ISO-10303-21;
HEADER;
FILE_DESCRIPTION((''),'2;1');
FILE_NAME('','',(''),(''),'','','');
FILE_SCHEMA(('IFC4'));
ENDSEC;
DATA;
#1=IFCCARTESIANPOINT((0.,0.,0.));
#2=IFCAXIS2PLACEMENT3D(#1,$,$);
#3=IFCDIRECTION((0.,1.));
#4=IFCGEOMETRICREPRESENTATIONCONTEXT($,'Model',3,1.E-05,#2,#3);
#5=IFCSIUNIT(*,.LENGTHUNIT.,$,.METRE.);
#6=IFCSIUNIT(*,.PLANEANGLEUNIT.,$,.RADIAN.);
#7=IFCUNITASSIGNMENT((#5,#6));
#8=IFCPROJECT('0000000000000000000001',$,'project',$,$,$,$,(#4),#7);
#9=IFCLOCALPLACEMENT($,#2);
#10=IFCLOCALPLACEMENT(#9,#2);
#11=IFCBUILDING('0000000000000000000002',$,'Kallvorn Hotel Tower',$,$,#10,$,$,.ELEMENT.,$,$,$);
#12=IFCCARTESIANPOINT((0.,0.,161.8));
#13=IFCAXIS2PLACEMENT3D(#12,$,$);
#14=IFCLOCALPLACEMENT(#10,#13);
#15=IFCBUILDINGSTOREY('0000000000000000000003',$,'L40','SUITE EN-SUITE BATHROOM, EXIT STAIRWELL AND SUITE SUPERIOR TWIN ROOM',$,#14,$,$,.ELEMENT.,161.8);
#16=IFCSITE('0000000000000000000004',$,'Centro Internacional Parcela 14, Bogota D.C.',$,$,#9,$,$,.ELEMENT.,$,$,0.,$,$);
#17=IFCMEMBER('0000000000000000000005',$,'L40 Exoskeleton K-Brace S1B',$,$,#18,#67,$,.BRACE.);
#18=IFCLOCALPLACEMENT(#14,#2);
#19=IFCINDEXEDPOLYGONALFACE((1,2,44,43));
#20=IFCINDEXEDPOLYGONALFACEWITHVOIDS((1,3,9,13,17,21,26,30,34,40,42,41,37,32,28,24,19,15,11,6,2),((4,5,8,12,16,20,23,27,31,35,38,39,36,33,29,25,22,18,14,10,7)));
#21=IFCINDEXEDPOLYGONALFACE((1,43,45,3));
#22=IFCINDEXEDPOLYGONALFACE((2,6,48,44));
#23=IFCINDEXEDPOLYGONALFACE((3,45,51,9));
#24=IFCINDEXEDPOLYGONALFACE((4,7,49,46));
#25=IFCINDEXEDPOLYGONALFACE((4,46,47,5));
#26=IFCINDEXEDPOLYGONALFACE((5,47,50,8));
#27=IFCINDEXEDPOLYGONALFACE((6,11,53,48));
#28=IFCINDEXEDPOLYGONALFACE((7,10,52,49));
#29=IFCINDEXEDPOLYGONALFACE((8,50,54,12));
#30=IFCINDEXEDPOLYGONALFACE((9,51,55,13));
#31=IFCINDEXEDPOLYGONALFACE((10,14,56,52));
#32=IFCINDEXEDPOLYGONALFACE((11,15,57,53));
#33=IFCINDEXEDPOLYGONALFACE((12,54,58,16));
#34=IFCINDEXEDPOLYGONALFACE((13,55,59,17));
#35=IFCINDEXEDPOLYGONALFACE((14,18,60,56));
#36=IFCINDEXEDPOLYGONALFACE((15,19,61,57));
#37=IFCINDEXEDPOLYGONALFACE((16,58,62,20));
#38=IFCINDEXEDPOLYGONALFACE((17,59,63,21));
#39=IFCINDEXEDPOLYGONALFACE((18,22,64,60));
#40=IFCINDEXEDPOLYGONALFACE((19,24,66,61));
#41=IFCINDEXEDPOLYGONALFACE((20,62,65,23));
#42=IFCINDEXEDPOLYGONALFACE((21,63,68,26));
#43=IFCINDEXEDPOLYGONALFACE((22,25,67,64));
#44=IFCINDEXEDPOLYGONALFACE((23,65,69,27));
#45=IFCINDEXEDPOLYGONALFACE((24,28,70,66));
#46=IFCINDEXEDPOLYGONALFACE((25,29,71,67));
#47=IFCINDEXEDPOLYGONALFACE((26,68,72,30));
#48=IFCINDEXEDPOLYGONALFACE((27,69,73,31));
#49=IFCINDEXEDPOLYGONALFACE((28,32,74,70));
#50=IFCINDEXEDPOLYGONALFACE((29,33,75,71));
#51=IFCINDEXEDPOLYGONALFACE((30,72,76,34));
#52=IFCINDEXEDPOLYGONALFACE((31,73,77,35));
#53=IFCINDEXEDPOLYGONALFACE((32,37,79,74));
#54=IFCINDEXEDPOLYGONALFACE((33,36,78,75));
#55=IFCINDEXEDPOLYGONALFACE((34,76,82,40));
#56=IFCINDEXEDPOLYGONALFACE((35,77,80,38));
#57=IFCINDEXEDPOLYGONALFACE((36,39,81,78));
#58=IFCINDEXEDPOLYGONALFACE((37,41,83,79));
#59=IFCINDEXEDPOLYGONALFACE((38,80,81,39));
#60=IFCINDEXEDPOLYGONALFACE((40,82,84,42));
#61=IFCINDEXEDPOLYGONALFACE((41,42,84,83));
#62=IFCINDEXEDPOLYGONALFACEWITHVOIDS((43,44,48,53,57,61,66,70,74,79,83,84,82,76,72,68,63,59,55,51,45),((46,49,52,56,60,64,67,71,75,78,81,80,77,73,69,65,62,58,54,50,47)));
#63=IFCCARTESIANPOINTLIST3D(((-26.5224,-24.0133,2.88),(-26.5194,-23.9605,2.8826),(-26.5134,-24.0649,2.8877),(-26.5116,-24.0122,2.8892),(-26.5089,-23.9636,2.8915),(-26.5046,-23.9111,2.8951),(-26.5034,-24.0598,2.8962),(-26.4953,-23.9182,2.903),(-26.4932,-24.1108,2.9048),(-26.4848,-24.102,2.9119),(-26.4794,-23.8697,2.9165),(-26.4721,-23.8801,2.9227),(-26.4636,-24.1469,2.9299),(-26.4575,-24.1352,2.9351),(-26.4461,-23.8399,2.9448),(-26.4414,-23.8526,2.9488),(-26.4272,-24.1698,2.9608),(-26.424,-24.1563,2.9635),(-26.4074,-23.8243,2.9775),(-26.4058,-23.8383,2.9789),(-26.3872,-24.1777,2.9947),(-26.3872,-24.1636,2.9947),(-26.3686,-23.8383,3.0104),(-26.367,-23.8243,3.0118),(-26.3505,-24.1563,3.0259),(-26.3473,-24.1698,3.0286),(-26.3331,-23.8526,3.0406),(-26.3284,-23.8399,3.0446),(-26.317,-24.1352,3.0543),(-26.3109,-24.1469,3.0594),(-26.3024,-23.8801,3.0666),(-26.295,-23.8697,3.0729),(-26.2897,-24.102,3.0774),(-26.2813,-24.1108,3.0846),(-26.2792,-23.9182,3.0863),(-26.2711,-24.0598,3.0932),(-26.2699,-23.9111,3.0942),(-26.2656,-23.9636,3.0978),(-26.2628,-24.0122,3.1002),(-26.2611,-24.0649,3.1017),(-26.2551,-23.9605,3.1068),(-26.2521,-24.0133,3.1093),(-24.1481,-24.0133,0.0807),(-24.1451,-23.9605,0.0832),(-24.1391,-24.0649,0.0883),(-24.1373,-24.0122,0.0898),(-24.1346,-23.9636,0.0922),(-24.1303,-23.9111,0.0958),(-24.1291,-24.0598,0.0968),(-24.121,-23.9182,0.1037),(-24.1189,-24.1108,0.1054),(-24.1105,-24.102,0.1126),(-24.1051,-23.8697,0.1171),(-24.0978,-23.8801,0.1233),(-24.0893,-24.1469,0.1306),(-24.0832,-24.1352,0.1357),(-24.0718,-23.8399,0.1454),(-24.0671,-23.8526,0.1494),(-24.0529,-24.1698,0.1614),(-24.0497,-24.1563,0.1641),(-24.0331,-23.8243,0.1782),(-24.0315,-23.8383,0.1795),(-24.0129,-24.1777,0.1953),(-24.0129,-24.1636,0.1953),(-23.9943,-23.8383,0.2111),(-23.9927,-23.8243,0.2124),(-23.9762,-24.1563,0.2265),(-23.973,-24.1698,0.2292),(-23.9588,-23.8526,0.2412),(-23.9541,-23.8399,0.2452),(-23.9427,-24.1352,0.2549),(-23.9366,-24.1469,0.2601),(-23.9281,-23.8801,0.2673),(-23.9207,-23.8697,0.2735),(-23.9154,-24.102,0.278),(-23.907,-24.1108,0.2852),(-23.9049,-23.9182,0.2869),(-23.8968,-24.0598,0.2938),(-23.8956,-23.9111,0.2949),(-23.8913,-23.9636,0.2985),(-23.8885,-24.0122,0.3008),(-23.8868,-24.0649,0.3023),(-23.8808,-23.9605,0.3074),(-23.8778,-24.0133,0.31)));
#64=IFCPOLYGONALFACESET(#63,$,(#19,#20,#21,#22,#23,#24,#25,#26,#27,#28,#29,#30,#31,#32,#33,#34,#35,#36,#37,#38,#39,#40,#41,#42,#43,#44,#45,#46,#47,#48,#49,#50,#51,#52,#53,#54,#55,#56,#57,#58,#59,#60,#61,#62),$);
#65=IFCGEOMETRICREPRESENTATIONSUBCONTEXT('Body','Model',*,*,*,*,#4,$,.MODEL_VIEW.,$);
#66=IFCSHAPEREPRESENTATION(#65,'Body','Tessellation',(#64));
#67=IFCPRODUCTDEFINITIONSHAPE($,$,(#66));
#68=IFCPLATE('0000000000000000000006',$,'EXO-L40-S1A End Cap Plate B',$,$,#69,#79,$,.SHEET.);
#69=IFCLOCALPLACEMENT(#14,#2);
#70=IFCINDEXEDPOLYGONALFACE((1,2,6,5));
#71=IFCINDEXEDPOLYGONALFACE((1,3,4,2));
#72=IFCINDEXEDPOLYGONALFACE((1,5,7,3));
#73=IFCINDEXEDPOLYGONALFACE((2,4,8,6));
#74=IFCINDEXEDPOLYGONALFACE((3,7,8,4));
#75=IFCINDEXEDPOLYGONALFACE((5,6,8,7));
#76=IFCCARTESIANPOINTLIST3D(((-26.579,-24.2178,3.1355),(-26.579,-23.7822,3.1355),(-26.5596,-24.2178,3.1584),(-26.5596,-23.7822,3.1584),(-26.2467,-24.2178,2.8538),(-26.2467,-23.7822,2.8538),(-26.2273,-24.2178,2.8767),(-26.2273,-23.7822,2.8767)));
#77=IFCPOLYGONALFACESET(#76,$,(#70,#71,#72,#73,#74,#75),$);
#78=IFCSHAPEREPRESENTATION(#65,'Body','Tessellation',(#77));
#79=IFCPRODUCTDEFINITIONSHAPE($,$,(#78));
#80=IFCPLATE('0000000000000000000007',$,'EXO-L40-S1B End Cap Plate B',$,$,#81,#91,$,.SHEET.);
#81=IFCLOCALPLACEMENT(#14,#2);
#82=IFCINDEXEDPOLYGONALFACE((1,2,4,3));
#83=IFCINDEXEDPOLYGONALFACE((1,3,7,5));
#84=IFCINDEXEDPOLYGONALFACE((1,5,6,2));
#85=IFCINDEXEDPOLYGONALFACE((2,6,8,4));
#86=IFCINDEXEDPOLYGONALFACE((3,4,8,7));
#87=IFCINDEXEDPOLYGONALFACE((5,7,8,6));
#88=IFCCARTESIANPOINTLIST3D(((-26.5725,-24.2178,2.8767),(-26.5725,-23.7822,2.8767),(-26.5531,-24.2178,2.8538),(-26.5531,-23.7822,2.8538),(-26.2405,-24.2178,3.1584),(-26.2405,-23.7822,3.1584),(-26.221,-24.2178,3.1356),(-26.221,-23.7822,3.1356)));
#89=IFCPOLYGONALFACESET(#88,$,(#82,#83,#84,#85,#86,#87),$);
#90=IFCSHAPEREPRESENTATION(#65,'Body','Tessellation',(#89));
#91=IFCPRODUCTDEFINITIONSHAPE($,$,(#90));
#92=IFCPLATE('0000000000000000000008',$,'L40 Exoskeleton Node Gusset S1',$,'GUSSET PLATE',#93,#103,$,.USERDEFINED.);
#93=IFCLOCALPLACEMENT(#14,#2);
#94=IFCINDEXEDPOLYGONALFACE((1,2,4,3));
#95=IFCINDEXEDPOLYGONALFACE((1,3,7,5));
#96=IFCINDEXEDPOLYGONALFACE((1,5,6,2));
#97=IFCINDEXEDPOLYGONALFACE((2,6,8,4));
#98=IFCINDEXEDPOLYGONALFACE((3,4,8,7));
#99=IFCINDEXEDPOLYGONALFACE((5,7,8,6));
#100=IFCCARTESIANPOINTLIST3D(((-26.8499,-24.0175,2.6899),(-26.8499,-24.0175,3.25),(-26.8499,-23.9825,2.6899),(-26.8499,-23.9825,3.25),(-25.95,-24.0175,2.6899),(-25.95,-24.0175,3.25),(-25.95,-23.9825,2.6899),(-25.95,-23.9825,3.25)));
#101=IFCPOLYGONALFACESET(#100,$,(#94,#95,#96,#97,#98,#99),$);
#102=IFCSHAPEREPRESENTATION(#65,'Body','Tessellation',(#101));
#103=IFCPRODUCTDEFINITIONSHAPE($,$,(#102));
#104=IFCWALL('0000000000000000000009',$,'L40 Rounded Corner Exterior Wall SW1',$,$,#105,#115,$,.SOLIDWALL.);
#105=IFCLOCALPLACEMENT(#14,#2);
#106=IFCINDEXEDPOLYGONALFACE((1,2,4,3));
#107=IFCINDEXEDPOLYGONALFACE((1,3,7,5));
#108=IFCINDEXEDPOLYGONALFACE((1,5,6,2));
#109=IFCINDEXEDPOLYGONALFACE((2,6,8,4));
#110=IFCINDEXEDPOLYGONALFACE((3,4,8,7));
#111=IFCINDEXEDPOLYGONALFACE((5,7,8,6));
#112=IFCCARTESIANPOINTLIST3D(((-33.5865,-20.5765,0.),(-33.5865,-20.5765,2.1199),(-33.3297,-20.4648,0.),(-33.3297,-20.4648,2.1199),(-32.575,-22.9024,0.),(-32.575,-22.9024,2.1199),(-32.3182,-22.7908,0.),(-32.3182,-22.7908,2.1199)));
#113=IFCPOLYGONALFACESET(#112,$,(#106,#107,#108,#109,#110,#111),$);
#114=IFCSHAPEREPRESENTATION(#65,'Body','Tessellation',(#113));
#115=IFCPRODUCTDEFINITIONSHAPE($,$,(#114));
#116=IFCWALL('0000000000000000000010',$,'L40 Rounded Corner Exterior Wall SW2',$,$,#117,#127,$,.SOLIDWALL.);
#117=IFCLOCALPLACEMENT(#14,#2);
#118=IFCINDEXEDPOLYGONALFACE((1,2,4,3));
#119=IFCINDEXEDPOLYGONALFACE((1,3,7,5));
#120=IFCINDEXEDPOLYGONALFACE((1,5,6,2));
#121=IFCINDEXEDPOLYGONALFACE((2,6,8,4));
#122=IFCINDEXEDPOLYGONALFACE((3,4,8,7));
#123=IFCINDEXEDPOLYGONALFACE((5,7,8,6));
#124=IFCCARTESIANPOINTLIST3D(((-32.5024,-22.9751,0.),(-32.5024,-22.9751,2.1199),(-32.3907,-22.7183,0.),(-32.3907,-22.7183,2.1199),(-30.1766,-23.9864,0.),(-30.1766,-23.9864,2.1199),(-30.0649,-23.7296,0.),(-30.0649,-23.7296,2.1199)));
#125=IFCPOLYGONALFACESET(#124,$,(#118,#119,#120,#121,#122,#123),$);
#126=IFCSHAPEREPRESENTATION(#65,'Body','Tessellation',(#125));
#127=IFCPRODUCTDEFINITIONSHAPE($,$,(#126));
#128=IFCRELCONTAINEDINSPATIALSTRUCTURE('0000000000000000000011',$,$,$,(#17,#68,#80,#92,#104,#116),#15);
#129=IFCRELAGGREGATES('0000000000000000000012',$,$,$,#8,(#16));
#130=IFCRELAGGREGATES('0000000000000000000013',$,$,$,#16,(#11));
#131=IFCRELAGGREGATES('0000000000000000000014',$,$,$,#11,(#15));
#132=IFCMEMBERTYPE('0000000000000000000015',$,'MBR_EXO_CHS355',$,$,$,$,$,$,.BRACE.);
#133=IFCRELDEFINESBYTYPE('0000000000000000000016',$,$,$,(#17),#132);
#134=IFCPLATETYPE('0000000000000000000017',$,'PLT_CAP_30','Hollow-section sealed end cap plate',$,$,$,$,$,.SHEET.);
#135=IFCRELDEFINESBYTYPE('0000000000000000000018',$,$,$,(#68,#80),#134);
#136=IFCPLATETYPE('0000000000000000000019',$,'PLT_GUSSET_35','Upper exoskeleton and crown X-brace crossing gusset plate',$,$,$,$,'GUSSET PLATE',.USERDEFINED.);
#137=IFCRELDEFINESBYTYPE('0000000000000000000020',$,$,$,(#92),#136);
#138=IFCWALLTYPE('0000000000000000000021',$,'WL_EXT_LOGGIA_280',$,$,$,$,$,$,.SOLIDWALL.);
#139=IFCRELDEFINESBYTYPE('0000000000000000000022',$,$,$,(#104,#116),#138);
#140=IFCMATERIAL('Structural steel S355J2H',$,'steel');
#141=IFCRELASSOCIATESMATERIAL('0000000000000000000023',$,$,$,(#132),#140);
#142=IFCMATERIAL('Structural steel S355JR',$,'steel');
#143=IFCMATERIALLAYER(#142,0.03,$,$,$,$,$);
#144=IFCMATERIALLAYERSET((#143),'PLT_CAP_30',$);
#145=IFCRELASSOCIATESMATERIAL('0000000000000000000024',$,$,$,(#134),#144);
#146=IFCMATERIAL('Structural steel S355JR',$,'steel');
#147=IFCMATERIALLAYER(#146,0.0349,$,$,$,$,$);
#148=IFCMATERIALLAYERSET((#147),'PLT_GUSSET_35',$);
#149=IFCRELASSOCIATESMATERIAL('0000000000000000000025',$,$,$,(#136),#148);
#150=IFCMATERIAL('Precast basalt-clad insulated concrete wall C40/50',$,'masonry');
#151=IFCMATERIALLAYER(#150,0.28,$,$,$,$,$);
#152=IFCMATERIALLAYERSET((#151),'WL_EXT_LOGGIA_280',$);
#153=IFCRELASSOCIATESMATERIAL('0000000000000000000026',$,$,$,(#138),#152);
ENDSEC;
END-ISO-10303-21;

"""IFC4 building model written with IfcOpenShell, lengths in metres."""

from ifc_helpers import new_model, si_unit, direction, frame, frame_2d, origin, origin_2d, place, context, subcontext, project, spatial, polyline, rectangle, hollow_circle, outline, extrude, material, layer, layer_set, material_profile, profile_set, type_object, element, save


model = new_model("IFC4")

# Units and contexts
model_context = context("Model", 3, precision=1e-05, world=origin(), true_north=direction((0.0, 1.0)))
body_context = subcontext(model_context, "Body", "Model", "MODEL_VIEW")
ifc_project = project(units=[si_unit("LENGTHUNIT", "METRE"), si_unit("PLANEANGLEUNIT", "RADIAN")], contexts=[model_context])

# Site, building, storey
site_placement = place(None, origin())
site = spatial("IfcSite", under=ifc_project, at=site_placement, Name="Centro Internacional Parcela 14, Bogota D.C.", CompositionType="ELEMENT", RefElevation=0.0)
building_placement = place(site_placement, origin())
building = spatial("IfcBuilding", under=site, at=building_placement, Name="Kallvorn Hotel Tower", CompositionType="ELEMENT")
storey_placement = place(building_placement, frame((0.0, 0.0, 161.8)))
storey = spatial("IfcBuildingStorey", under=building, at=storey_placement, Name="L40", Description="SUITE EN-SUITE BATHROOM, EXIT STAIRWELL AND SUITE SUPERIOR TWIN ROOM", CompositionType="ELEMENT", Elevation=161.8)

# Member
ifc_material_1 = material(Name="Structural steel S355J2H", Category="steel")
ifc_material_profile_1 = material_profile(ifc_material_1, hollow_circle(Radius=0.1777, WallThickness=0.0142, at=origin_2d()), Name="CHS 355.6x14.2")
ifc_profile_set_1 = profile_set([ifc_material_profile_1], Name="Structural steel S355J2H")
member_type = type_object("IfcMemberType", Name="MBR_EXO_CHS355", PredefinedType="BRACE", material=ifc_profile_set_1)
for number, where, z_axis, x_axis, name in (
    (1, (-24.0129, -24.0, 0.1953), (-0.646833, 0.0, 0.762631), (0.0, -1.0, 0.0), "L40 Exoskeleton K-Brace S1B"),
):
    element("IfcMember", number, at=place(storey_placement, frame(where, z_axis=z_axis, x_axis=x_axis)), inside=storey, type_object=member_type, Name=name, PredefinedType="BRACE", context=body_context, shape_type="SweptSolid", body=[
        extrude(hollow_circle(Radius=0.1777, WallThickness=0.0142, at=origin_2d()), origin(), (0.0, 0.0, 1.0), 3.6707),
    ])

# Plates
ifc_material_2 = material(Name="Structural steel S355JR", Category="steel")
ifc_layer_1 = layer(ifc_material_2, 0.03)
ifc_layer_set_1 = layer_set([ifc_layer_1], Name="PLT_CAP_30")
plate_type_1 = type_object("IfcPlateType", Name="PLT_CAP_30", Description="Hollow-section sealed end cap plate", PredefinedType="SHEET", material=ifc_layer_set_1)
plate_1_placement = place(storey_placement, frame((-26.2273, -24.2178, 2.8767), z_axis=(0.646721, 0.0, 0.762727), x_axis=(0.0, 1.0, 0.0)))
element("IfcPlate", 2, at=plate_1_placement, inside=storey, type_object=plate_type_1, Name="EXO-L40-S1A End Cap Plate B", PredefinedType="SHEET", context=body_context, shape_type="SweptSolid", body=[
    extrude(outline(polyline([(0.0, 0.0), (0.4355, 0.0), (0.4355, 0.4356), (0.0, 0.4356), (0.0, 0.0)])), origin(), (0.0, 0.0, -1.0), 0.03),
])
plate_2_placement = place(storey_placement, frame((-26.5725, -23.7822, 2.8767), z_axis=(-0.646997, 0.0, 0.762492), x_axis=(0.0, -1.0, 0.0)))
element("IfcPlate", 3, at=plate_2_placement, inside=storey, type_object=plate_type_1, Name="EXO-L40-S1B End Cap Plate B", PredefinedType="SHEET", context=body_context, shape_type="SweptSolid", body=[
    extrude(outline(polyline([(0.0, 0.0), (0.4355, 0.0), (0.4355, 0.4355), (0.0, 0.4355), (0.0, 0.0)])), origin(), (0.0, 0.0, -1.0), 0.03),
])
ifc_material_3 = material(Name="Structural steel S355JR", Category="steel")
ifc_layer_2 = layer(ifc_material_3, 0.0349)
ifc_layer_set_2 = layer_set([ifc_layer_2], Name="PLT_GUSSET_35")
plate_type_2 = type_object("IfcPlateType", Name="PLT_GUSSET_35", Description="Upper exoskeleton and crown X-brace crossing gusset plate", ElementType="GUSSET PLATE", PredefinedType="USERDEFINED", material=ifc_layer_set_2)
plate_3_placement = place(storey_placement, frame((-26.3999, -24.0, 2.6899), z_axis=(0.0, 0.0, 1.0), x_axis=(1.0, 0.0, 0.0)))
element("IfcPlate", 4, at=plate_3_placement, inside=storey, type_object=plate_type_2, Name="L40 Exoskeleton Node Gusset S1", ObjectType="GUSSET PLATE", PredefinedType="USERDEFINED", context=body_context, shape_type="SweptSolid", body=[
    extrude(rectangle(XDim=0.8999, YDim=0.0349, at=origin_2d()), origin(), (0.0, 0.0, 1.0), 0.5601),
])

# Walls
ifc_material_4 = material(Name="Precast basalt-clad insulated concrete wall C40/50", Category="masonry")
ifc_layer_3 = layer(ifc_material_4, 0.28)
ifc_layer_set_3 = layer_set([ifc_layer_3], Name="WL_EXT_LOGGIA_280")
wall_type_1 = type_object("IfcWallType", Name="WL_EXT_LOGGIA_280", PredefinedType="SOLIDWALL", material=ifc_layer_set_3)
wall_1_placement = place(storey_placement, frame((-33.458, -20.5208, 0.0), z_axis=(0.0, 0.0, 1.0), x_axis=(0.398793, -0.917041, 0.0)))
element("IfcWall", 5, at=wall_1_placement, inside=storey, type_object=wall_type_1, Name="L40 Rounded Corner Exterior Wall SW1", PredefinedType="SOLIDWALL", context=body_context, shape_type="SweptSolid", body=[
    extrude(rectangle(XDim=2.5364, YDim=0.28, at=frame_2d((1.2681, 0.0))), origin(), (0.0, 0.0, 1.0), 2.1199),
])
wall_2_placement = place(storey_placement, frame((-32.4465, -22.8467, 0.0), z_axis=(0.0, 0.0, 1.0), x_axis=(0.917061, -0.398747, 0.0)))
element("IfcWall", 6, at=wall_2_placement, inside=storey, type_object=wall_type_1, Name="L40 Rounded Corner Exterior Wall SW2", PredefinedType="SOLIDWALL", context=body_context, shape_type="SweptSolid", body=[
    extrude(rectangle(XDim=2.5361, YDim=0.28, at=frame_2d((1.2681, 0.0))), origin(), (0.0, 0.0, 1.0), 2.1199),
])

save(model, "model.ifc")
